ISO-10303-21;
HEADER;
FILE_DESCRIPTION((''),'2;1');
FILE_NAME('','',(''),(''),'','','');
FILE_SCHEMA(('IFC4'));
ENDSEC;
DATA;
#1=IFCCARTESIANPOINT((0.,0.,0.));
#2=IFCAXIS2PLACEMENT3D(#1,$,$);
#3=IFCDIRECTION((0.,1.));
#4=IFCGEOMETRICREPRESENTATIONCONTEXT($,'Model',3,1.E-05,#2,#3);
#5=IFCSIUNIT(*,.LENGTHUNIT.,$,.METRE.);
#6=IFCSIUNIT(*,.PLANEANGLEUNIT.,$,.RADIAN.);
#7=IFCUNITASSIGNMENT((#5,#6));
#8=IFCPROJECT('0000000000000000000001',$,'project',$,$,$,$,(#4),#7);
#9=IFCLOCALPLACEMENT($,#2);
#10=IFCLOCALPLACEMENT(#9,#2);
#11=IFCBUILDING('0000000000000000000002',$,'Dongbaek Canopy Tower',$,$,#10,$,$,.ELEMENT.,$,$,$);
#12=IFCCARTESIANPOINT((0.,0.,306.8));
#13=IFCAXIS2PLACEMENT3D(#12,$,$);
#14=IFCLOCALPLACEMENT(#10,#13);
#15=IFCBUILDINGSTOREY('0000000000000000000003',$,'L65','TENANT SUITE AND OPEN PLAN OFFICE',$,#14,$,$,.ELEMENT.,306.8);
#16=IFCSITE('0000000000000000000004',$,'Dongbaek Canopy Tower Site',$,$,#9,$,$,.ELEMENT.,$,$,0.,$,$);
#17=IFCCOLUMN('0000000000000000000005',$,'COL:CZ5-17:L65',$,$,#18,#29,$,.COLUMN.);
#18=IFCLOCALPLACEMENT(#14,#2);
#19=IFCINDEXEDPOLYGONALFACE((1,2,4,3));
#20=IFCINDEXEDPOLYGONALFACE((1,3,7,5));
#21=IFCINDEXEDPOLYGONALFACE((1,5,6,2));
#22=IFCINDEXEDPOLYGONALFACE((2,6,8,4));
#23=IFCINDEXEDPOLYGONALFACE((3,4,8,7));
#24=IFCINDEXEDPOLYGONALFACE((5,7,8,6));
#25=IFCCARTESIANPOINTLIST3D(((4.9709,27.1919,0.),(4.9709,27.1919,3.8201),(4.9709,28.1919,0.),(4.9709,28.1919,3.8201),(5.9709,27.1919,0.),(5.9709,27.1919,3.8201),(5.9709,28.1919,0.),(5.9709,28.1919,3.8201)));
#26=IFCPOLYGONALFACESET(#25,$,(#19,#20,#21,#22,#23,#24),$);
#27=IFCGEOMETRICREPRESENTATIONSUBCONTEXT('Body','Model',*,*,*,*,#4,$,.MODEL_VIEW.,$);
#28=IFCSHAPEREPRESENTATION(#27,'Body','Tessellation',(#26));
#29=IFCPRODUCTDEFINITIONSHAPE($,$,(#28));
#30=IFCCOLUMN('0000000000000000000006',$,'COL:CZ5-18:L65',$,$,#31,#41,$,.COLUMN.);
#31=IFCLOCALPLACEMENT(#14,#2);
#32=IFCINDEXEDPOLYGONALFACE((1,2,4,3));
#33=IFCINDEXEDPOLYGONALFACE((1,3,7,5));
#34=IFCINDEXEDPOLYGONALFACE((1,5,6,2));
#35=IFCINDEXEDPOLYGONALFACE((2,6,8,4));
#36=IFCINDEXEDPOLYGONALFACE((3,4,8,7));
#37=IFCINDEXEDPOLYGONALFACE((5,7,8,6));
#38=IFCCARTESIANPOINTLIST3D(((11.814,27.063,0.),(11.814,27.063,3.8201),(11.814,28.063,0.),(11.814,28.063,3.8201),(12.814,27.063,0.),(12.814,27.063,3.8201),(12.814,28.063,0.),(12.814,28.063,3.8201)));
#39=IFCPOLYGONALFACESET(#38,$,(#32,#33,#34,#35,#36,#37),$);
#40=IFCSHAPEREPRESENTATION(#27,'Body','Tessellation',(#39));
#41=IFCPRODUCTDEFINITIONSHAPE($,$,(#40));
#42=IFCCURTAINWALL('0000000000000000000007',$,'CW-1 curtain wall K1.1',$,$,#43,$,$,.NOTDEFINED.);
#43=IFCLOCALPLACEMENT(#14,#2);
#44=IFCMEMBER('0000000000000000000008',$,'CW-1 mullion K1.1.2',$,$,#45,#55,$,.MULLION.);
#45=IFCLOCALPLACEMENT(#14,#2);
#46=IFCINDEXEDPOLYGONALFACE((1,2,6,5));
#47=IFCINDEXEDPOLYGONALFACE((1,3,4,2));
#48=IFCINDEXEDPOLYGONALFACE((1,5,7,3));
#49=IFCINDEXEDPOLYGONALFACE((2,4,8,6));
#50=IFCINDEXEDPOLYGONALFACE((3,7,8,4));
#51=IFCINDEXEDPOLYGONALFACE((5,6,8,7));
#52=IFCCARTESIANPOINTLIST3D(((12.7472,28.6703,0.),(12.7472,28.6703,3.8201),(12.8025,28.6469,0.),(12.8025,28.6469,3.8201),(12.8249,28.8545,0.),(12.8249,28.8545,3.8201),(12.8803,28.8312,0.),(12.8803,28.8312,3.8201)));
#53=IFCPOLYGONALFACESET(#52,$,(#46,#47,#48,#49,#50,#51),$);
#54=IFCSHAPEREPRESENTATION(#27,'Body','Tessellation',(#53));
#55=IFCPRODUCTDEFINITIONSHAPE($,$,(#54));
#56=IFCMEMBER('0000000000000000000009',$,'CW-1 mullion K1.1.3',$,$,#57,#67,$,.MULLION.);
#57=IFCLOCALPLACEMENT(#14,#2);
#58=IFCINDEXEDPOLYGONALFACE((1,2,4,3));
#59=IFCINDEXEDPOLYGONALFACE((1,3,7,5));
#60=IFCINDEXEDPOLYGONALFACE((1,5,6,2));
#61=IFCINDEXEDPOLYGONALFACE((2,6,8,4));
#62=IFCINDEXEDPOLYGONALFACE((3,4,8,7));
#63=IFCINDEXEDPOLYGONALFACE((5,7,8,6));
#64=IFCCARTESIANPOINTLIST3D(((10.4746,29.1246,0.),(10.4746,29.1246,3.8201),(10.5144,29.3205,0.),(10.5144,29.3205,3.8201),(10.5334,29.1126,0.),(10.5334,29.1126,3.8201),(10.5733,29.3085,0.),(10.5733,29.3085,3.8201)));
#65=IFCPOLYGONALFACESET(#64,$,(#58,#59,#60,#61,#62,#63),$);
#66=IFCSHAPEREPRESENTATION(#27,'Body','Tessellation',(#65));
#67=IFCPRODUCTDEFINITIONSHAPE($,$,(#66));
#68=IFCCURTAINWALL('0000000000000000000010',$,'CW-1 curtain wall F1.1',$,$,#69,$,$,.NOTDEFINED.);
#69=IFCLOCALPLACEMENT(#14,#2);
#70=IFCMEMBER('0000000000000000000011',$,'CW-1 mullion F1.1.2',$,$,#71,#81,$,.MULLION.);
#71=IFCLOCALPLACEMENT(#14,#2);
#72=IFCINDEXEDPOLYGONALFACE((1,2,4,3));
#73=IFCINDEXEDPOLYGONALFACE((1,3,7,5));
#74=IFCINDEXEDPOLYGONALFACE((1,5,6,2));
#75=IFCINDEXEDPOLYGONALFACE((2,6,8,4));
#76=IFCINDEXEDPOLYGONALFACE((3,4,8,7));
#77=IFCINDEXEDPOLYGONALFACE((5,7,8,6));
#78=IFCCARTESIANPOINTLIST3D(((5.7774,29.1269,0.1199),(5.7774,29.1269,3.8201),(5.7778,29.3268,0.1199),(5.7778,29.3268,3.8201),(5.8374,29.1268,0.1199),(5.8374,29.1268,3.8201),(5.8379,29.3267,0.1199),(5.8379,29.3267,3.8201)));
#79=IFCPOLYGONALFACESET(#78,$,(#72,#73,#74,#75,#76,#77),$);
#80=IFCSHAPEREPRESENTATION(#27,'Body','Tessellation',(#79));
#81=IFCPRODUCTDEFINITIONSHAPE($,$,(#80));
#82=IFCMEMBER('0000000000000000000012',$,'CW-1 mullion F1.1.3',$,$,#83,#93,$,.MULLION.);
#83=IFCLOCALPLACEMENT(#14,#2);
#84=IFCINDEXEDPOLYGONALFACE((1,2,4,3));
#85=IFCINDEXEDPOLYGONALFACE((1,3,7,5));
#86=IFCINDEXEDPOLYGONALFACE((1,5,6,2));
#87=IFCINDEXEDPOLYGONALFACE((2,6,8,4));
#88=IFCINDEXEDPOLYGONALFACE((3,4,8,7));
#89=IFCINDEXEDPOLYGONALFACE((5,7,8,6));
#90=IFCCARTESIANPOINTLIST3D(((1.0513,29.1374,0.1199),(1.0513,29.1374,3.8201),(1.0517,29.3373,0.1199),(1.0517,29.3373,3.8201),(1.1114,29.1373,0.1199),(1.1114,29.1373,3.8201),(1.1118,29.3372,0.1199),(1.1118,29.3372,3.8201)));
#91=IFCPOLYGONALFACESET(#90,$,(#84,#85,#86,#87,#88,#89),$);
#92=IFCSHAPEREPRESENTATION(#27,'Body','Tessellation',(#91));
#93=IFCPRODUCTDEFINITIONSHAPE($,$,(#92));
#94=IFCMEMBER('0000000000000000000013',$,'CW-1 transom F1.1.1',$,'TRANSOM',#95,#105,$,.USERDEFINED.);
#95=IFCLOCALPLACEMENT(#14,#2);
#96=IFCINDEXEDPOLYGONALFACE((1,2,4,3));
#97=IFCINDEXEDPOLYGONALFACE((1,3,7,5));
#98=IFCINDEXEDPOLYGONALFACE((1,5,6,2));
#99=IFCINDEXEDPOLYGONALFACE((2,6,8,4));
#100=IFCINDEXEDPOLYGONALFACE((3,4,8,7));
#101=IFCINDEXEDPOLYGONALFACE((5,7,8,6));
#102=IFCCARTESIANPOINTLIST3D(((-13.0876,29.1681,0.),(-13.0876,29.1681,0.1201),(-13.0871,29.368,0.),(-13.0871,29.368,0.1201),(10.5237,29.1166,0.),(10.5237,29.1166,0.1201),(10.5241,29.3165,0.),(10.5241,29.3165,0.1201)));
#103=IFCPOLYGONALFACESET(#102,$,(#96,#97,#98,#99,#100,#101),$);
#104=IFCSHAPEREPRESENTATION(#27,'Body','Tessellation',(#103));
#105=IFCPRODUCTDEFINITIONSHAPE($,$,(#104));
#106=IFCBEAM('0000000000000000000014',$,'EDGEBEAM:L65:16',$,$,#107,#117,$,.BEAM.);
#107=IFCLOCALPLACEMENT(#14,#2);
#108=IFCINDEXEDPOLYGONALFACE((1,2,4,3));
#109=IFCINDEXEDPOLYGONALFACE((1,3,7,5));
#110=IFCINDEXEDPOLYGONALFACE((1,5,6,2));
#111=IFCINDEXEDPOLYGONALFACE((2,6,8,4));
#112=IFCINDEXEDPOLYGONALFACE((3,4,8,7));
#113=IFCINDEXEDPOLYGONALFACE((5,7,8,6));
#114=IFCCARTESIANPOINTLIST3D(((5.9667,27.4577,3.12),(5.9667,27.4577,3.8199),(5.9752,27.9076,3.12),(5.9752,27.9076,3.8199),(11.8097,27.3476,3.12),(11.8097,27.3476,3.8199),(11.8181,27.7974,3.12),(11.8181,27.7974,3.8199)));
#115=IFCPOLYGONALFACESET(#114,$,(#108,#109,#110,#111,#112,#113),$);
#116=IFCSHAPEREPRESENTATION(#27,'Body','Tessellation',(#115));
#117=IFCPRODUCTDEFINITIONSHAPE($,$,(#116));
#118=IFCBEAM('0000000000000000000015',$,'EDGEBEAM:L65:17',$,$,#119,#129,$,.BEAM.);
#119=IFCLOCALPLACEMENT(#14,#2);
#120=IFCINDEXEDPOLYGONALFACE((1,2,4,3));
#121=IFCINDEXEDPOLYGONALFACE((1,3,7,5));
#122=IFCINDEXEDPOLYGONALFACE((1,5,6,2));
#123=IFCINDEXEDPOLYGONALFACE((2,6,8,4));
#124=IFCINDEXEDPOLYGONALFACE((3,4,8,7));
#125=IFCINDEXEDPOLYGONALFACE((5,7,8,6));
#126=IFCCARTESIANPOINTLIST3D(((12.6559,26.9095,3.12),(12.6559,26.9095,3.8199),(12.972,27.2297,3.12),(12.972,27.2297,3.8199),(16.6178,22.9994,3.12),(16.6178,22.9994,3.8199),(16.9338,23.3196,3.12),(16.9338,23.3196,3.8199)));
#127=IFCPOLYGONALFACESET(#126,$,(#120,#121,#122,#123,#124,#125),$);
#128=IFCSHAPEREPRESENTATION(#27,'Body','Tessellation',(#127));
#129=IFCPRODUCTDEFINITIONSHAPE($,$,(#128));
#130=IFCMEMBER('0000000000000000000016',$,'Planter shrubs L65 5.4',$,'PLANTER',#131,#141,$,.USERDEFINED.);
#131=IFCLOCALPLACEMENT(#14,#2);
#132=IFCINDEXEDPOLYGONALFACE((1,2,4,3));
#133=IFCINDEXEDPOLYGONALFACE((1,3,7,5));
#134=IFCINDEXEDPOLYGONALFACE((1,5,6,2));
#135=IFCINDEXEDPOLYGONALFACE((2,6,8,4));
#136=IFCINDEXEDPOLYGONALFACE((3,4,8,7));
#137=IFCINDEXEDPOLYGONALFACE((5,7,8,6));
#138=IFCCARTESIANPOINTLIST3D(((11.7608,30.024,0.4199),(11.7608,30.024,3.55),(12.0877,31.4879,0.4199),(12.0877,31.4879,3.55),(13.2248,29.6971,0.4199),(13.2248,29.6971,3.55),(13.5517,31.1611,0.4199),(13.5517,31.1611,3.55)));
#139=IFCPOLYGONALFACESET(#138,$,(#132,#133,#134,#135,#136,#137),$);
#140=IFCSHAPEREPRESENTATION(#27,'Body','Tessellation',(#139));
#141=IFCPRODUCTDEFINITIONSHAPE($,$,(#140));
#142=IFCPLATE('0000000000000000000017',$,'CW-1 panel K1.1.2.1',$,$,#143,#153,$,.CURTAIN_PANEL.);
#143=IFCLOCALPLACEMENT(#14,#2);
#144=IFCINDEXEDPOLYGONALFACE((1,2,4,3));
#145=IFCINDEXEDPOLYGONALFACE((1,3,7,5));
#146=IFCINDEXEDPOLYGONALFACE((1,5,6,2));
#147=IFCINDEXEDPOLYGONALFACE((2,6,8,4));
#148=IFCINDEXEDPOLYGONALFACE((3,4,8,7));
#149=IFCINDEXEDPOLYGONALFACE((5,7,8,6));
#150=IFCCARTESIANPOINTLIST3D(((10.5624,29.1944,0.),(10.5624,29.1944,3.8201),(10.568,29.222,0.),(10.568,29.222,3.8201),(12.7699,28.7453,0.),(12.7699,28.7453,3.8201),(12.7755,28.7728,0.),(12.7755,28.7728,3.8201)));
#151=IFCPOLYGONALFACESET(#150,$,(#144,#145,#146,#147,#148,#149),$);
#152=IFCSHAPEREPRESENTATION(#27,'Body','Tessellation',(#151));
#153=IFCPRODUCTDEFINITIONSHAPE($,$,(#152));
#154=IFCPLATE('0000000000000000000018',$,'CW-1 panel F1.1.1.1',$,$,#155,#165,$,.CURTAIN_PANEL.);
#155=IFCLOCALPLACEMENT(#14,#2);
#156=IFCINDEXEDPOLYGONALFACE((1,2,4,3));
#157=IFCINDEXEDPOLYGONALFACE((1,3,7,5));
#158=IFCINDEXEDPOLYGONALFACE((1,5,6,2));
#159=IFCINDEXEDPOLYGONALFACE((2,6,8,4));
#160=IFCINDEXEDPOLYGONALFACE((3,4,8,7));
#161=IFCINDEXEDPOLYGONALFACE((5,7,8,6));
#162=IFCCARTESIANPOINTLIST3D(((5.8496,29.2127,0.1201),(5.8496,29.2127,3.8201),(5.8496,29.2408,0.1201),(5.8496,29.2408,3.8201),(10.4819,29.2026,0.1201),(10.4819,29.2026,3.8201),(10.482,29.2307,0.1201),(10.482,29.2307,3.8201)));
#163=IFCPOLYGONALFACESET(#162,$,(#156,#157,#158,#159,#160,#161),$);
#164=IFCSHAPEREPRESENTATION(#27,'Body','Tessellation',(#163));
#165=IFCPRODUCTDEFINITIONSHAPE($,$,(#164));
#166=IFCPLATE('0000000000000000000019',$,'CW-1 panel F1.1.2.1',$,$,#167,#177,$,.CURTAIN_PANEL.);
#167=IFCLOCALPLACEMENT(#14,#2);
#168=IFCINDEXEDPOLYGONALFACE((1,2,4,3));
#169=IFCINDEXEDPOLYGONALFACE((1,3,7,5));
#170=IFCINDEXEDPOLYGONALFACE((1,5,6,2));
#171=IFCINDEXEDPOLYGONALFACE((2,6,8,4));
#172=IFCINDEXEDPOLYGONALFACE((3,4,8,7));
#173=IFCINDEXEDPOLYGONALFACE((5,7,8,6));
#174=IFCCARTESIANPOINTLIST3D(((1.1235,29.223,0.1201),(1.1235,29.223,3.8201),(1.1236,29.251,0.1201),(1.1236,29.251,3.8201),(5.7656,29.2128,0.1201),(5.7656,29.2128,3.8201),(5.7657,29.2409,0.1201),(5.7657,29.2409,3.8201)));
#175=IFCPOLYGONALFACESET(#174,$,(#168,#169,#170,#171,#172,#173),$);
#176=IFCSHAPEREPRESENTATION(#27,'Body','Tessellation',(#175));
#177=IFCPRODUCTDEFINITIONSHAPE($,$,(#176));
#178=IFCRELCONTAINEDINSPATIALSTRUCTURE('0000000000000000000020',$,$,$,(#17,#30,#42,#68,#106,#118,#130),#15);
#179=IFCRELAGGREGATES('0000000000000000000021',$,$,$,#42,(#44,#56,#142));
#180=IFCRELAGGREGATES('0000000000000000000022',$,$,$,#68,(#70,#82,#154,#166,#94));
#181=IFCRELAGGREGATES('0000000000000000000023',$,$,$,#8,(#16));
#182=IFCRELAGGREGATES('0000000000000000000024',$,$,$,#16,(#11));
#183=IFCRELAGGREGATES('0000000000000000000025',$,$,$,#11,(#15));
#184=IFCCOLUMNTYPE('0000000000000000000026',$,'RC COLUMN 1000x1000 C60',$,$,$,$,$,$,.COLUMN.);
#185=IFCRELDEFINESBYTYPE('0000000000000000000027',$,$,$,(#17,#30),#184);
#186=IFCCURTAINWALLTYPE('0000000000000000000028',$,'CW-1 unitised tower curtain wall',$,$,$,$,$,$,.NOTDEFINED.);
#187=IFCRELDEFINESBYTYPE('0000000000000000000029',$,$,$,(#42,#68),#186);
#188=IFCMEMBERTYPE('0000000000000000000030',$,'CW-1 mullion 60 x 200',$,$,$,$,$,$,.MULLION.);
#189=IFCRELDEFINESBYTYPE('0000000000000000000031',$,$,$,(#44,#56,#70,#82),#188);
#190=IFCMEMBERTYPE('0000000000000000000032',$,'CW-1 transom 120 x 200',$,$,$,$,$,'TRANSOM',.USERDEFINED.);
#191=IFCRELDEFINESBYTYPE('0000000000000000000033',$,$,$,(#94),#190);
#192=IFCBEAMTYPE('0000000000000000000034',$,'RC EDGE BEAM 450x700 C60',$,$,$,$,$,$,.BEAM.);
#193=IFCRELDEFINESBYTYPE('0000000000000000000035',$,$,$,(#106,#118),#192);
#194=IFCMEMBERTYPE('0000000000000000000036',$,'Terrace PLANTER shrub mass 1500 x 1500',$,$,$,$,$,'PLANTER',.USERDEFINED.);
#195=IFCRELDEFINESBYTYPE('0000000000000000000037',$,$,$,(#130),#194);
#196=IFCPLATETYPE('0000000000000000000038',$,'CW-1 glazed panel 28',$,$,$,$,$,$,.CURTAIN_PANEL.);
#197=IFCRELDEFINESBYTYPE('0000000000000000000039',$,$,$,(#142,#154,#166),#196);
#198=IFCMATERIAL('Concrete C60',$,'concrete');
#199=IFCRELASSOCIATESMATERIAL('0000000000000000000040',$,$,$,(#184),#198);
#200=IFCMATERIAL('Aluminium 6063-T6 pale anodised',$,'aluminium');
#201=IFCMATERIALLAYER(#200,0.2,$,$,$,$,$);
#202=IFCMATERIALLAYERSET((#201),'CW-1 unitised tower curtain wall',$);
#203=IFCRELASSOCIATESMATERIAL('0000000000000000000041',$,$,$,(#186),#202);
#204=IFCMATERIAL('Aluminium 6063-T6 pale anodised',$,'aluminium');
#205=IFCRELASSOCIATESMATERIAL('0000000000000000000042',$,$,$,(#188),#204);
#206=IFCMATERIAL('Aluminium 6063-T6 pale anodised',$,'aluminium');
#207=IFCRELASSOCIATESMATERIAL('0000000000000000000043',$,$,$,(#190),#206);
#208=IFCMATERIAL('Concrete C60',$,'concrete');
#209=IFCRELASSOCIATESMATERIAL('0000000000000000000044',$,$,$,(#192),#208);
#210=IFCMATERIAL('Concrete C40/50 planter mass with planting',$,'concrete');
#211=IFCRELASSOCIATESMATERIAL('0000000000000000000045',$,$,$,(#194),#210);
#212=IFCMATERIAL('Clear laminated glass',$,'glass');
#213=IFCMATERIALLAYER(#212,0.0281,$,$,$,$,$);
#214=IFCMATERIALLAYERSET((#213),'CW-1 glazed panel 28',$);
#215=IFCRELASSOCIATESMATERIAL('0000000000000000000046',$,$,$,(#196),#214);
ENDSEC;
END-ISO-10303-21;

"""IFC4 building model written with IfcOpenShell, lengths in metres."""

from ifc_helpers import new_model, si_unit, direction, frame, origin, origin_2d, place, context, subcontext, project, spatial, rectangle, extrude, material, layer, layer_set, material_profile, profile_set, type_object, element, aggregate, save


model = new_model("IFC4")

# Units and contexts
model_context = context("Model", 3, precision=1e-05, world=origin(), true_north=direction((0.0, 1.0)))
body_context = subcontext(model_context, "Body", "Model", "MODEL_VIEW")
ifc_project = project(units=[si_unit("LENGTHUNIT", "METRE"), si_unit("PLANEANGLEUNIT", "RADIAN")], contexts=[model_context])

# Site, building, storey
site_placement = place(None, origin())
site = spatial("IfcSite", under=ifc_project, at=site_placement, Name="Dongbaek Canopy Tower Site", CompositionType="ELEMENT", RefElevation=0.0)
building_placement = place(site_placement, origin())
building = spatial("IfcBuilding", under=site, at=building_placement, Name="Dongbaek Canopy Tower", CompositionType="ELEMENT")
storey_placement = place(building_placement, frame((0.0, 0.0, 306.8)))
storey = spatial("IfcBuildingStorey", under=building, at=storey_placement, Name="L65", Description="TENANT SUITE AND OPEN PLAN OFFICE", CompositionType="ELEMENT", Elevation=306.8)

# Columns
ifc_material_1 = material(Name="Concrete C60", Category="concrete")
ifc_material_profile_1 = material_profile(ifc_material_1, rectangle(XDim=1.0, YDim=1.0, at=origin_2d()), Name="RC COLUMN 1000x1000 C60")
ifc_profile_set_1 = profile_set([ifc_material_profile_1], Name="Concrete C60")
column_type = type_object("IfcColumnType", Name="RC COLUMN 1000x1000 C60", PredefinedType="COLUMN", material=ifc_profile_set_1)
for number, where, z_axis, x_axis, name in (
    (1, (5.4709, 27.6919, 0.0), (0.0, 0.0, 1.0), (1.0, 0.0, 0.0), "COL:CZ5-17:L65"),
    (2, (12.314, 27.563, 0.0), (0.0, 0.0, 1.0), (1.0, 0.0, 0.0), "COL:CZ5-18:L65"),
):
    element("IfcColumn", number, at=place(storey_placement, frame(where, z_axis=z_axis, x_axis=x_axis)), inside=storey, type_object=column_type, Name=name, PredefinedType="COLUMN", context=body_context, shape_type="SweptSolid", body=[
        extrude(rectangle(XDim=1.0, YDim=1.0, at=origin_2d()), origin(), (0.0, 0.0, 1.0), 3.8201),
    ])

# Curtain walls, members
ifc_material_2 = material(Name="Aluminium 6063-T6 pale anodised", Category="aluminium")
ifc_layer_1 = layer(ifc_material_2, 0.2)
ifc_layer_set_1 = layer_set([ifc_layer_1], Name="CW-1 unitised tower curtain wall")
curtain_wall_type = type_object("IfcCurtainWallType", Name="CW-1 unitised tower curtain wall", PredefinedType="NOTDEFINED", material=ifc_layer_set_1)
curtain_wall_1_placement = place(storey_placement, origin())
curtain_wall_1 = element("IfcCurtainWall", 3, at=curtain_wall_1_placement, inside=storey, type_object=curtain_wall_type, Name="CW-1 curtain wall K1.1", PredefinedType="NOTDEFINED")
ifc_material_3 = material(Name="Aluminium 6063-T6 pale anodised", Category="aluminium")
ifc_material_profile_2 = material_profile(ifc_material_3, rectangle(XDim=0.2, YDim=0.0601, at=origin_2d()), Name="CW-1 mullion 60 x 200")
ifc_profile_set_2 = profile_set([ifc_material_profile_2], Name="Aluminium 6063-T6 pale anodised")
member_type_1 = type_object("IfcMemberType", Name="CW-1 mullion 60 x 200", PredefinedType="MULLION", material=ifc_profile_set_2)
member_1_placement = place(storey_placement, frame((12.8137, 28.7507, 0.0), z_axis=(0.0, 0.0, 1.0), x_axis=(0.388723, 0.921355, 0.0)))
member_1 = element("IfcMember", 4, at=member_1_placement, type_object=member_type_1, Name="CW-1 mullion K1.1.2", PredefinedType="MULLION", context=body_context, shape_type="SweptSolid", body=[
    extrude(rectangle(XDim=0.2, YDim=0.0601, at=origin_2d()), origin(), (0.0, 0.0, 1.0), 3.8201),
])
member_2_placement = place(storey_placement, frame((10.5239, 29.2166, 0.0), z_axis=(0.0, 0.0, 1.0), x_axis=(0.199368, 0.979925, 0.0)))
member_2 = element("IfcMember", 5, at=member_2_placement, type_object=member_type_1, Name="CW-1 mullion K1.1.3", PredefinedType="MULLION", context=body_context, shape_type="SweptSolid", body=[
    extrude(rectangle(XDim=0.2, YDim=0.0601, at=origin_2d()), origin(), (0.0, 0.0, 1.0), 3.8201),
])
curtain_wall_2_placement = place(storey_placement, origin())
curtain_wall_2 = element("IfcCurtainWall", 6, at=curtain_wall_2_placement, inside=storey, type_object=curtain_wall_type, Name="CW-1 curtain wall F1.1", PredefinedType="NOTDEFINED")
member_3_placement = place(storey_placement, frame((5.8076, 29.2268, 0.1199), z_axis=(0.0, 0.0, 1.0), x_axis=(0.00218, 0.999998, 0.0)))
member_3 = element("IfcMember", 7, at=member_3_placement, type_object=member_type_1, Name="CW-1 mullion F1.1.2", PredefinedType="MULLION", context=body_context, shape_type="SweptSolid", body=[
    extrude(rectangle(XDim=0.2, YDim=0.0601, at=origin_2d()), origin(), (0.0, 0.0, 1.0), 3.7002),
])
member_4_placement = place(storey_placement, frame((1.0815, 29.2373, 0.1199), z_axis=(0.0, 0.0, 1.0), x_axis=(0.00218, 0.999998, 0.0)))
member_4 = element("IfcMember", 8, at=member_4_placement, type_object=member_type_1, Name="CW-1 mullion F1.1.3", PredefinedType="MULLION", context=body_context, shape_type="SweptSolid", body=[
    extrude(rectangle(XDim=0.2, YDim=0.0601, at=origin_2d()), origin(), (0.0, 0.0, 1.0), 3.7002),
])
ifc_material_4 = material(Name="Aluminium 6063-T6 pale anodised", Category="aluminium")
ifc_material_profile_3 = material_profile(ifc_material_4, rectangle(XDim=0.2, YDim=0.1201, at=origin_2d()), Name="CW-1 transom 120 x 200")
ifc_profile_set_3 = profile_set([ifc_material_profile_3], Name="Aluminium 6063-T6 pale anodised")
member_type_2 = type_object("IfcMemberType", Name="CW-1 transom 120 x 200", ElementType="TRANSOM", PredefinedType="USERDEFINED", material=ifc_profile_set_3)
member_5_placement = place(storey_placement, frame((10.5239, 29.2166, 0.0601), z_axis=(-0.999998, 0.002182, 0.0), x_axis=(-0.002182, -0.999998, 0.0)))
member_5 = element("IfcMember", 9, at=member_5_placement, type_object=member_type_2, Name="CW-1 transom F1.1.1", ObjectType="TRANSOM", PredefinedType="USERDEFINED", context=body_context, shape_type="SweptSolid", body=[
    extrude(rectangle(XDim=0.2, YDim=0.1201, at=origin_2d()), origin(), (0.0, 0.0, 1.0), 23.6113),
])

# Beams
ifc_material_5 = material(Name="Concrete C60", Category="concrete")
ifc_material_profile_4 = material_profile(ifc_material_5, rectangle(XDim=0.45, YDim=0.7, at=origin_2d()), Name="RC EDGE BEAM 450x700 C60")
ifc_profile_set_4 = profile_set([ifc_material_profile_4], Name="Concrete C60")
beam_type = type_object("IfcBeamType", Name="RC EDGE BEAM 450x700 C60", PredefinedType="BEAM", material=ifc_profile_set_4)
beam_1_placement = place(storey_placement, frame((5.9709, 27.6826, 3.47), z_axis=(0.999822, -0.018841, 0.0), x_axis=(0.018841, 0.999822, 0.0)))
element("IfcBeam", 10, at=beam_1_placement, inside=storey, type_object=beam_type, Name="EDGEBEAM:L65:16", PredefinedType="BEAM", context=body_context, shape_type="SweptSolid", body=[
    extrude(rectangle(XDim=0.45, YDim=0.7, at=origin_2d()), origin(), (0.0, 0.0, 1.0), 5.844),
])
beam_2_placement = place(storey_placement, frame((12.814, 27.0696, 3.47), z_axis=(0.711741, -0.702442, 0.0), x_axis=(0.702442, 0.711741, 0.0)))
element("IfcBeam", 11, at=beam_2_placement, inside=storey, type_object=beam_type, Name="EDGEBEAM:L65:17", PredefinedType="BEAM", context=body_context, shape_type="SweptSolid", body=[
    extrude(rectangle(XDim=0.45, YDim=0.7, at=origin_2d()), origin(), (0.0, 0.0, 1.0), 5.5664),
])

# Member
ifc_material_6 = material(Name="Concrete C40/50 planter mass with planting", Category="concrete")
ifc_material_profile_5 = material_profile(ifc_material_6, rectangle(XDim=1.5, YDim=1.5, at=origin_2d()), Name="Terrace PLANTER shrub mass 1500 x 1500")
ifc_profile_set_5 = profile_set([ifc_material_profile_5], Name="Concrete C40/50 planter mass with planting")
member_type_3 = type_object("IfcMemberType", Name="Terrace PLANTER shrub mass 1500 x 1500", ElementType="PLANTER", PredefinedType="USERDEFINED", material=ifc_profile_set_5)
member_6_placement = place(storey_placement, frame((12.6562, 30.5925, 0.4199), z_axis=(0.0, 0.0, 1.0), x_axis=(0.217916, 0.975968, 0.0)))
element("IfcMember", 12, at=member_6_placement, inside=storey, type_object=member_type_3, Name="Planter shrubs L65 5.4", ObjectType="PLANTER", PredefinedType="USERDEFINED", context=body_context, shape_type="SweptSolid", body=[
    extrude(rectangle(XDim=1.5, YDim=1.5, at=origin_2d()), origin(), (0.0, 0.0, 1.0), 3.1301),
])

# Plates
ifc_material_7 = material(Name="Clear laminated glass", Category="glass")
ifc_layer_2 = layer(ifc_material_7, 0.0281)
ifc_layer_set_2 = layer_set([ifc_layer_2], Name="CW-1 glazed panel 28")
plate_type = type_object("IfcPlateType", Name="CW-1 glazed panel 28", PredefinedType="CURTAIN_PANEL", material=ifc_layer_set_2)
plate_1_placement = place(storey_placement, frame((11.6689, 28.9836, 0.0), z_axis=(0.0, 0.0, 1.0), x_axis=(-0.979925, 0.199368, 0.0)))
plate_1 = element("IfcPlate", 13, at=plate_1_placement, type_object=plate_type, Name="CW-1 panel K1.1.2.1", PredefinedType="CURTAIN_PANEL", context=body_context, shape_type="SweptSolid", body=[
    extrude(rectangle(XDim=2.2527, YDim=0.0281, at=origin_2d()), origin(), (0.0, 0.0, 1.0), 3.8201),
])
aggregate(curtain_wall_1, [member_1, member_2, plate_1])
plate_2_placement = place(storey_placement, frame((8.1658, 29.2217, 0.1201), z_axis=(0.0, 0.0, 1.0), x_axis=(-0.999998, 0.00218, 0.0)))
plate_2 = element("IfcPlate", 14, at=plate_2_placement, type_object=plate_type, Name="CW-1 panel F1.1.1.1", PredefinedType="CURTAIN_PANEL", context=body_context, shape_type="SweptSolid", body=[
    extrude(rectangle(XDim=4.6323, YDim=0.0281, at=origin_2d()), origin(), (0.0, 0.0, 1.0), 3.7),
])
plate_3_placement = place(storey_placement, frame((3.4446, 29.2319, 0.1201), z_axis=(0.0, 0.0, 1.0), x_axis=(-0.999998, 0.00218, 0.0)))
plate_3 = element("IfcPlate", 15, at=plate_3_placement, type_object=plate_type, Name="CW-1 panel F1.1.2.1", PredefinedType="CURTAIN_PANEL", context=body_context, shape_type="SweptSolid", body=[
    extrude(rectangle(XDim=4.6421, YDim=0.0281, at=origin_2d()), origin(), (0.0, 0.0, 1.0), 3.7),
])

aggregate(curtain_wall_2, [member_3, member_4, plate_2, plate_3, member_5])

save(model, "model.ifc")
